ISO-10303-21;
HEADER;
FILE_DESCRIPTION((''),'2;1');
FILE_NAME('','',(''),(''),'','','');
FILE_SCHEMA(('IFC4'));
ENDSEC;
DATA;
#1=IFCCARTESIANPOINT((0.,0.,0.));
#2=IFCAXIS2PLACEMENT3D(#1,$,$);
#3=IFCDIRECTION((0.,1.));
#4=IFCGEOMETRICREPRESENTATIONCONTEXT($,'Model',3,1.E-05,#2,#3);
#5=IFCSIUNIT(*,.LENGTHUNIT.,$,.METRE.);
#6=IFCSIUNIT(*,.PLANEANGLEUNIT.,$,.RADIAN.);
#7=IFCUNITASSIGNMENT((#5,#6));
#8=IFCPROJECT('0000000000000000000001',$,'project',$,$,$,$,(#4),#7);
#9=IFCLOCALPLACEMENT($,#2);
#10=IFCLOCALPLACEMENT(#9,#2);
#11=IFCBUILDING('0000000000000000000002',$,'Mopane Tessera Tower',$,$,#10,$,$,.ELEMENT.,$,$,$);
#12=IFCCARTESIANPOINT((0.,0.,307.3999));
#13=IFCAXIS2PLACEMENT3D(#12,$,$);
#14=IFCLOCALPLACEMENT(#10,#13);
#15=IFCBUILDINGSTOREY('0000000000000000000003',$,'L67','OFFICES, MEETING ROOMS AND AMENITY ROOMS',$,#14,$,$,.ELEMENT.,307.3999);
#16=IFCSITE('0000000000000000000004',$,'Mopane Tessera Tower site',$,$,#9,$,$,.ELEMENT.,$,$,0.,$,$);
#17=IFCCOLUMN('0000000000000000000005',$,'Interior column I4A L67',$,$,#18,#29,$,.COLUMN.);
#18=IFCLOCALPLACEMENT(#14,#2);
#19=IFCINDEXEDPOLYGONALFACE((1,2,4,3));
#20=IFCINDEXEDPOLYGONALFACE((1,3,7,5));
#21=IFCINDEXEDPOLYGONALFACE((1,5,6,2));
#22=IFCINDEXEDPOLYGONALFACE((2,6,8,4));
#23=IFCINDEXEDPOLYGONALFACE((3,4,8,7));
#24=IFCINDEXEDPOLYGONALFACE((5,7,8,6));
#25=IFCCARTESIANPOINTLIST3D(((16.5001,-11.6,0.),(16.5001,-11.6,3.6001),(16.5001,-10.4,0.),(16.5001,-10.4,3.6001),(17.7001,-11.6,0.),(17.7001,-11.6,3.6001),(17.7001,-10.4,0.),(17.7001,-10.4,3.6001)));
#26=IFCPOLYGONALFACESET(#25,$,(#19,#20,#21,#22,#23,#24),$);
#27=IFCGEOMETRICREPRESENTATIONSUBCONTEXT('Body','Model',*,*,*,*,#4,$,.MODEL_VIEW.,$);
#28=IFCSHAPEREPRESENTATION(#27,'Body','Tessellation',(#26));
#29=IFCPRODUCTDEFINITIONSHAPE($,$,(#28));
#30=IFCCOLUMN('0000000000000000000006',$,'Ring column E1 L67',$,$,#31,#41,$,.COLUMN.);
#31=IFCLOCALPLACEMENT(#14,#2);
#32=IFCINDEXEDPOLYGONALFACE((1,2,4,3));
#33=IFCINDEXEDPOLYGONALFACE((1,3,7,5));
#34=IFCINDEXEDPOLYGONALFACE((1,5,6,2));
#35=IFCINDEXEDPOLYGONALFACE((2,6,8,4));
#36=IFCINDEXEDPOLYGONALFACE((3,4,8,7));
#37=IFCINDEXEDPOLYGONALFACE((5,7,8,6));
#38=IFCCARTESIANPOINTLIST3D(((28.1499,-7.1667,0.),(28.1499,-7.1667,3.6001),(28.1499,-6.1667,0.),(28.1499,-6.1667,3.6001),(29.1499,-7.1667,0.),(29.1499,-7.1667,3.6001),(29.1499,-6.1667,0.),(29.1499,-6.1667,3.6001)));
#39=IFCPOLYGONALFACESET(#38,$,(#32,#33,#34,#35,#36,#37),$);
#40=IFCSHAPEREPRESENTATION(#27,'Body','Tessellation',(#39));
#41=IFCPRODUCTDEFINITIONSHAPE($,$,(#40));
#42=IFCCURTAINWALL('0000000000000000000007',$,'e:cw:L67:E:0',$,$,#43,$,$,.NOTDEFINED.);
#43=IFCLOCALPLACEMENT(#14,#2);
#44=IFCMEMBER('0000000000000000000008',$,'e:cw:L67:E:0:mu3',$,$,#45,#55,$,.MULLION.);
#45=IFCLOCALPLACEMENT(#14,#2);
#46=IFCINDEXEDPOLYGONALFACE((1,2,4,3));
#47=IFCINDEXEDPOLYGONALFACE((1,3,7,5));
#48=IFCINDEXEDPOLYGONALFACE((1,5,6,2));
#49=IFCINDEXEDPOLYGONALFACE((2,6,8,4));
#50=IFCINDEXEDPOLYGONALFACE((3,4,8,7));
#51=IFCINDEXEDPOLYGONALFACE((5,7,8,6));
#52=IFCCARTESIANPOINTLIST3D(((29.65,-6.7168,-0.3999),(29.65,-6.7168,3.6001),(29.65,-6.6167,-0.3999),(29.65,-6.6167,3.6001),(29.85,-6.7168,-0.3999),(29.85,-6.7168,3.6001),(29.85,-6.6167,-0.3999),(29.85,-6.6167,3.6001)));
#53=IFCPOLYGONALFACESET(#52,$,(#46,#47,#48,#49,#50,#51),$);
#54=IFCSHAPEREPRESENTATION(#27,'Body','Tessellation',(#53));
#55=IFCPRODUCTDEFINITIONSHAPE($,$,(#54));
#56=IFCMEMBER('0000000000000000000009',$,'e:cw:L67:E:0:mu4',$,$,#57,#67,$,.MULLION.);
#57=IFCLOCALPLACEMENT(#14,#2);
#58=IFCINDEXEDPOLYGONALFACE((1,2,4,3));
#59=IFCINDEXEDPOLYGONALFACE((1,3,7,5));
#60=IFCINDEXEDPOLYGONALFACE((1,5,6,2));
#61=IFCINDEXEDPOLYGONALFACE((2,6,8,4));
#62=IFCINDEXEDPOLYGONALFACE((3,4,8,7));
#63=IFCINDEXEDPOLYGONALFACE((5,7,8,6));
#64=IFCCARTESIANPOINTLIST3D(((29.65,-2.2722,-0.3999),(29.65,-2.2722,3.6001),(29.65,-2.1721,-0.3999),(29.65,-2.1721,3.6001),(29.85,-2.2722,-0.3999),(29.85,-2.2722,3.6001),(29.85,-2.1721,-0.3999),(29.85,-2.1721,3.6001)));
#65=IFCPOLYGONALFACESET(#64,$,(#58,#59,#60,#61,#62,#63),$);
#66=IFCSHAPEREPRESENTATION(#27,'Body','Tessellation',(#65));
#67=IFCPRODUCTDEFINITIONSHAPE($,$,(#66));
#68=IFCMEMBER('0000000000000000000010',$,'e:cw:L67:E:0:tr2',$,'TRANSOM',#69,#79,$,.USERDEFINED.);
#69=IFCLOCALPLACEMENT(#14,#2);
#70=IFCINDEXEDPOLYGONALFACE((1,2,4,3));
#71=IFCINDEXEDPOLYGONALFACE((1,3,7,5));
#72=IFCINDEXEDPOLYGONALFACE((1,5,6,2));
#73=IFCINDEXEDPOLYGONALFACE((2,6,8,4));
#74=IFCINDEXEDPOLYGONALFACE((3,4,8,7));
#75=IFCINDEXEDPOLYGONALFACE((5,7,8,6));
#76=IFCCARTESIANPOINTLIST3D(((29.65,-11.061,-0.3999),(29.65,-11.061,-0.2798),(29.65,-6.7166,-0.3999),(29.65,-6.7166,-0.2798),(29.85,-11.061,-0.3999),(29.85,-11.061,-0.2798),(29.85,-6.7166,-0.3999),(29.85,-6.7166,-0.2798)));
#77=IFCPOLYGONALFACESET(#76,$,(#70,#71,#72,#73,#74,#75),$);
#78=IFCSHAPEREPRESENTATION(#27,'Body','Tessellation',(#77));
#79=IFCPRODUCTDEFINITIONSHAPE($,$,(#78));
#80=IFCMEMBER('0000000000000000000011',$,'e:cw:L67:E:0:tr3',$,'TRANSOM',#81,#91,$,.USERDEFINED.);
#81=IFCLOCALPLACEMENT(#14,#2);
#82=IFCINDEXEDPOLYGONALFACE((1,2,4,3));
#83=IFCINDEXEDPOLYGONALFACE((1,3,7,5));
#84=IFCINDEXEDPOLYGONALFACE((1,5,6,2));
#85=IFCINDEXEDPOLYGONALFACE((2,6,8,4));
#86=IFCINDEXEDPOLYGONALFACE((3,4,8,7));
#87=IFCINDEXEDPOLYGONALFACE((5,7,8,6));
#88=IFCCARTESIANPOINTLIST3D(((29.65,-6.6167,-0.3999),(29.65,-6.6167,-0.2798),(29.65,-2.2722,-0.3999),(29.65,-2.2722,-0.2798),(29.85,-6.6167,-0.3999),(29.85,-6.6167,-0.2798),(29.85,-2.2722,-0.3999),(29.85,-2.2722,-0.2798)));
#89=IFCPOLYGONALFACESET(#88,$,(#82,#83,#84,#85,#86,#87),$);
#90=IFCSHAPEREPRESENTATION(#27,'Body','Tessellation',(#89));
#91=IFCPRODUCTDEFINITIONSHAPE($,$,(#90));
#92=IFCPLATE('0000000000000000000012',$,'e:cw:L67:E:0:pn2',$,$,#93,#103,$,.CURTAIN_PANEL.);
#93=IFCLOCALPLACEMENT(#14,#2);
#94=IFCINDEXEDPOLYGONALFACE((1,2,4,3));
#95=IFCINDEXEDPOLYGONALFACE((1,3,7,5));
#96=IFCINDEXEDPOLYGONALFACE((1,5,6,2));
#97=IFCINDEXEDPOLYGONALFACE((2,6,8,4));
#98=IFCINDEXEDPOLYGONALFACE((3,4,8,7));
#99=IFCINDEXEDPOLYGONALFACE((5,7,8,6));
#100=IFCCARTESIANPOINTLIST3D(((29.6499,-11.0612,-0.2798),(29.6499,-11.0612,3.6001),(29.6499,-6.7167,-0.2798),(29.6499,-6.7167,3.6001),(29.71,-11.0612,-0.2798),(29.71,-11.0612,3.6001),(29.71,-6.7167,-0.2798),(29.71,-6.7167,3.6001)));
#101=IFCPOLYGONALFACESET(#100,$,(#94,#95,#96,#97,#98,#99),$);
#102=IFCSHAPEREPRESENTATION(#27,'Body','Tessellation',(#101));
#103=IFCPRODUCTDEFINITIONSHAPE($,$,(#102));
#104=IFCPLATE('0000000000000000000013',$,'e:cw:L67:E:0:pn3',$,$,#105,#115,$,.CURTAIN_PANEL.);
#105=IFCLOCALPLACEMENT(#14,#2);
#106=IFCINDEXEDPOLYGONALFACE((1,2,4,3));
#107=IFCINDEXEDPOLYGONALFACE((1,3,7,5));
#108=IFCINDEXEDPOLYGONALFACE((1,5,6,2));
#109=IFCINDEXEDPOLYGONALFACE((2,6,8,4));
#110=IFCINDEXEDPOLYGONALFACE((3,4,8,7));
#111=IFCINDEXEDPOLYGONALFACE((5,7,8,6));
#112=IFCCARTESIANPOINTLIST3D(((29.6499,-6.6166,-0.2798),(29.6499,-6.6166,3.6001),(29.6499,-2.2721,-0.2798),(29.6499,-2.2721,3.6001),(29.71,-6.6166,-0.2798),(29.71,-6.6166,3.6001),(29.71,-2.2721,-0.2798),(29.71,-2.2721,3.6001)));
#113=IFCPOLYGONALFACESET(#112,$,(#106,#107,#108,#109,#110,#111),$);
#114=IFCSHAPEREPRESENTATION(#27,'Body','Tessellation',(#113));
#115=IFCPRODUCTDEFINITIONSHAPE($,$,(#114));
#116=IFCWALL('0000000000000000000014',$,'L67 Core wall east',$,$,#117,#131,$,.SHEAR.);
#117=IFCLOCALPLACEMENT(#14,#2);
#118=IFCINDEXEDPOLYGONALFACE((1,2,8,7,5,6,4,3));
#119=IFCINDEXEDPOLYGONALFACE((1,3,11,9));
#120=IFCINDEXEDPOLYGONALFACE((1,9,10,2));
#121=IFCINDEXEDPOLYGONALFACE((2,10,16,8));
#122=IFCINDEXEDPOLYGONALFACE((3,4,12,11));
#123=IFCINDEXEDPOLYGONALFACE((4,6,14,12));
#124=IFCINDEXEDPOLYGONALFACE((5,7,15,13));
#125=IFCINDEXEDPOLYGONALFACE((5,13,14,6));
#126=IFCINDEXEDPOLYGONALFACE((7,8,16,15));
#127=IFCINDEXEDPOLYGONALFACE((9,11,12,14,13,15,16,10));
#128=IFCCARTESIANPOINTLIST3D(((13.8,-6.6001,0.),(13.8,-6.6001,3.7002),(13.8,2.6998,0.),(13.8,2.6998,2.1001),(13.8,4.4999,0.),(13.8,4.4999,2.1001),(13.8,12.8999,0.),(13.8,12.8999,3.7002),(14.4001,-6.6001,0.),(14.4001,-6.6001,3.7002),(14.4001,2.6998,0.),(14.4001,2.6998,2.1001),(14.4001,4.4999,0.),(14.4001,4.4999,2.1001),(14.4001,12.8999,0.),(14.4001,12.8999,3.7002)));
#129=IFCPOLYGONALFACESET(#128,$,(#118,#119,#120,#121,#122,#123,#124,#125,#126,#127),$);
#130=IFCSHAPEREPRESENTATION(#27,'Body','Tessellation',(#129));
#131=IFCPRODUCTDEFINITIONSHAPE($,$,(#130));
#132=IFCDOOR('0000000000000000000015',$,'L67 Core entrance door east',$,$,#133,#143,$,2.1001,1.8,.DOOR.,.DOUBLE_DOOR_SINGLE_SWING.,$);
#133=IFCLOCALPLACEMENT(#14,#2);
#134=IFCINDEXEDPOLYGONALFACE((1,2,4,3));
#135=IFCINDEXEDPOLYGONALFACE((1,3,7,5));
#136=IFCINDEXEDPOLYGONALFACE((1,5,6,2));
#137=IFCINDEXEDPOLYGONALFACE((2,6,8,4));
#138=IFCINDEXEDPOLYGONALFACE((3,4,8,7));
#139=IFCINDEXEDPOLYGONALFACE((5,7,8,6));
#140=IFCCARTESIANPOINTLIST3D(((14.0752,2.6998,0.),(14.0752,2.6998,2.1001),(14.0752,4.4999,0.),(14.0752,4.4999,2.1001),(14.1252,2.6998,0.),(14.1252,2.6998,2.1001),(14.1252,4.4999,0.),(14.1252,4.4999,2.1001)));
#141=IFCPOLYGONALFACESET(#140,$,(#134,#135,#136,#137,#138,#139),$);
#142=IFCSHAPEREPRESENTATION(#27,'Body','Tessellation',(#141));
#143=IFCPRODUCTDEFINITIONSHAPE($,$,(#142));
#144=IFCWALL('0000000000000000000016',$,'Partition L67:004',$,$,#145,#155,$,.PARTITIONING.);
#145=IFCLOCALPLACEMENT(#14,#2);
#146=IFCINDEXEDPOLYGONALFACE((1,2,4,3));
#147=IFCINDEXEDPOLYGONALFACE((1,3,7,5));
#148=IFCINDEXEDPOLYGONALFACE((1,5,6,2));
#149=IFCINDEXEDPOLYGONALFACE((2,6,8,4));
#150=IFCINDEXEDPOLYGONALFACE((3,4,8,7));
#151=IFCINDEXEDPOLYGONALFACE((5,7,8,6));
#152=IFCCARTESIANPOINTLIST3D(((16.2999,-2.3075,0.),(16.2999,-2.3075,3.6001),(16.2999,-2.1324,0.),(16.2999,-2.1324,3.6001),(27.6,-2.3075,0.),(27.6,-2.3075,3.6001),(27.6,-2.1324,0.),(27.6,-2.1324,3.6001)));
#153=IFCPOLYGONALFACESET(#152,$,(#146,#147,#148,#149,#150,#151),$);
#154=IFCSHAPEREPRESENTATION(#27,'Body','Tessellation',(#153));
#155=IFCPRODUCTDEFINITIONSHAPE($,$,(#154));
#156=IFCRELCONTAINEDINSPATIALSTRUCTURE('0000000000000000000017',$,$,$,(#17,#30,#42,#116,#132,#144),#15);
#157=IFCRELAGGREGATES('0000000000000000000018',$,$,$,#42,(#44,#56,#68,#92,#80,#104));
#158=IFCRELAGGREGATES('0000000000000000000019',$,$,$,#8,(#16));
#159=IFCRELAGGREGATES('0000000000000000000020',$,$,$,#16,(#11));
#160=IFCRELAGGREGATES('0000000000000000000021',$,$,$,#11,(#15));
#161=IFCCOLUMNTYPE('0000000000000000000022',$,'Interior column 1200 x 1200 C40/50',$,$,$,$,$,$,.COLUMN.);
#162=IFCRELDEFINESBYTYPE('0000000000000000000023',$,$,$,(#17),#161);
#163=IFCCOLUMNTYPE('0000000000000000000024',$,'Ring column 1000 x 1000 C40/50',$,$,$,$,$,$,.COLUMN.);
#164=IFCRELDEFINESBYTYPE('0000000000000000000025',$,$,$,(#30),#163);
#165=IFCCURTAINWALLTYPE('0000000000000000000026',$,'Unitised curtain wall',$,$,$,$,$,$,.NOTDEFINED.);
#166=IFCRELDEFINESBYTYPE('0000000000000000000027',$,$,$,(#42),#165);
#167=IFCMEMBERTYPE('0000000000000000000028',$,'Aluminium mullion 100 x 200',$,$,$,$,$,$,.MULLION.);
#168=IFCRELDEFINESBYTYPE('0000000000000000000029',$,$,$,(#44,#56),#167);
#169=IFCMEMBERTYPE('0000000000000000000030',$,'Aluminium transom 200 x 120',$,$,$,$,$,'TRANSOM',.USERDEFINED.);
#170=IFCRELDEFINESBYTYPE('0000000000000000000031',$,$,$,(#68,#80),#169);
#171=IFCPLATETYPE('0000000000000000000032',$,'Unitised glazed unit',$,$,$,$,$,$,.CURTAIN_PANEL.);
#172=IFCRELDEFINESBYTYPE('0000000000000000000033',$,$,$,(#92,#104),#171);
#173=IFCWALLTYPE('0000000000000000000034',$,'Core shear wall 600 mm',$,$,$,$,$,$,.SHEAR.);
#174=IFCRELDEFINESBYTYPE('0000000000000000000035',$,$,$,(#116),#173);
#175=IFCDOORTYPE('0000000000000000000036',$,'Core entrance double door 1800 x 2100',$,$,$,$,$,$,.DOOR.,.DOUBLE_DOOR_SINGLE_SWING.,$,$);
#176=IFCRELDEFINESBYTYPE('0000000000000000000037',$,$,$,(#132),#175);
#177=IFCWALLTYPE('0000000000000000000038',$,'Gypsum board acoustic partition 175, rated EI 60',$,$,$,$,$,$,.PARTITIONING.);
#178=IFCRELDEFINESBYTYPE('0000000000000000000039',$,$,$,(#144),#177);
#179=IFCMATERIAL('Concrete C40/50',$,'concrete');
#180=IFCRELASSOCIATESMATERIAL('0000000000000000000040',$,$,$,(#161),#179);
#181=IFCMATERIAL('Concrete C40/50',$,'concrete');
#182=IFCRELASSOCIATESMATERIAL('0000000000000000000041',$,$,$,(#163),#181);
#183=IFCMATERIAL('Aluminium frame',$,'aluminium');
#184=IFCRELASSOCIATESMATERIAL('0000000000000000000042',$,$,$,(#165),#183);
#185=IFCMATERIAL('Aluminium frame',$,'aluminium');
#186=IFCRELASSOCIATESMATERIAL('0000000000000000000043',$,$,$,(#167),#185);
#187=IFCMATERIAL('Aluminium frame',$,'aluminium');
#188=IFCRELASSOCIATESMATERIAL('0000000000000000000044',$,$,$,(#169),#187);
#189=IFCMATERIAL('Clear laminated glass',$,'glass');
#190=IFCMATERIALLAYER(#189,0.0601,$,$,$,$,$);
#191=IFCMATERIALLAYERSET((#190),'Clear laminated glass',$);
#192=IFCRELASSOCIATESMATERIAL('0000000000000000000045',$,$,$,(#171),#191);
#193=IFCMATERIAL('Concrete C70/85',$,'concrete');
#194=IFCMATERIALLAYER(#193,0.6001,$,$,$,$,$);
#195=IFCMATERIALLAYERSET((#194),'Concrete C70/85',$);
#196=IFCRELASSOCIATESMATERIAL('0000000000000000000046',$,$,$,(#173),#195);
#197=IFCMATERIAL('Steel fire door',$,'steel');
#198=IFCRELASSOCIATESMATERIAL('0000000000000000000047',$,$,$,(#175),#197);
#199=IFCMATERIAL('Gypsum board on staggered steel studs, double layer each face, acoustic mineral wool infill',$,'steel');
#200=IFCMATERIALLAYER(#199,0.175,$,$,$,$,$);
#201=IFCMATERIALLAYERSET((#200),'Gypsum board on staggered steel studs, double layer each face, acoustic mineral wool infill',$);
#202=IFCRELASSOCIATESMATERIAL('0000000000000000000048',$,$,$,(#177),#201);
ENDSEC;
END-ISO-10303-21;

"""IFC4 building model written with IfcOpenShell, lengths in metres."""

from ifc_helpers import new_model, si_unit, direction, frame, frame_2d, origin, origin_2d, place, context, subcontext, project, spatial, rectangle, extrude, material, layer, layer_set, material_profile, profile_set, type_object, element, fill, aggregate, save


model = new_model("IFC4")

# Units and contexts
model_context = context("Model", 3, precision=1e-05, world=origin(), true_north=direction((0.0, 1.0)))
body_context = subcontext(model_context, "Body", "Model", "MODEL_VIEW")
ifc_project = project(units=[si_unit("LENGTHUNIT", "METRE"), si_unit("PLANEANGLEUNIT", "RADIAN")], contexts=[model_context])

# Site, building, storey
site_placement = place(None, origin())
site = spatial("IfcSite", under=ifc_project, at=site_placement, Name="Mopane Tessera Tower site", CompositionType="ELEMENT", RefElevation=0.0)
building_placement = place(site_placement, origin())
building = spatial("IfcBuilding", under=site, at=building_placement, Name="Mopane Tessera Tower", CompositionType="ELEMENT")
storey_placement = place(building_placement, frame((0.0, 0.0, 307.3999)))
storey = spatial("IfcBuildingStorey", under=building, at=storey_placement, Name="L67", Description="OFFICES, MEETING ROOMS AND AMENITY ROOMS", CompositionType="ELEMENT", Elevation=307.3999)

# Columns
ifc_material_1 = material(Name="Concrete C40/50", Category="concrete")
ifc_material_profile_1 = material_profile(ifc_material_1, rectangle(XDim=1.2, YDim=1.2, at=origin_2d()))
ifc_profile_set_1 = profile_set([ifc_material_profile_1], Name="Concrete C40/50")
column_type_1 = type_object("IfcColumnType", Name="Interior column 1200 x 1200 C40/50", PredefinedType="COLUMN", material=ifc_profile_set_1)
column_1_placement = place(storey_placement, frame((17.1001, -11.0, 0.0), z_axis=(0.0, 0.0, 1.0), x_axis=(1.0, 0.0, 0.0)))
element("IfcColumn", 1, at=column_1_placement, inside=storey, type_object=column_type_1, Name="Interior column I4A L67", PredefinedType="COLUMN", context=body_context, shape_type="SweptSolid", body=[
    extrude(rectangle(XDim=1.2, YDim=1.2, at=origin_2d()), origin(), (0.0, 0.0, 1.0), 3.6001),
])
ifc_material_2 = material(Name="Concrete C40/50", Category="concrete")
ifc_material_profile_2 = material_profile(ifc_material_2, rectangle(XDim=1.0, YDim=1.0, at=origin_2d()))
ifc_profile_set_2 = profile_set([ifc_material_profile_2], Name="Concrete C40/50")
column_type_2 = type_object("IfcColumnType", Name="Ring column 1000 x 1000 C40/50", PredefinedType="COLUMN", material=ifc_profile_set_2)
column_2_placement = place(storey_placement, frame((28.6499, -6.6667, 0.0), z_axis=(0.0, 0.0, 1.0), x_axis=(1.0, 0.0, 0.0)))
element("IfcColumn", 2, at=column_2_placement, inside=storey, type_object=column_type_2, Name="Ring column E1 L67", PredefinedType="COLUMN", context=body_context, shape_type="SweptSolid", body=[
    extrude(rectangle(XDim=1.0, YDim=1.0, at=origin_2d()), origin(), (0.0, 0.0, 1.0), 3.6001),
])

# Curtain wall, members, plates
ifc_material_3 = material(Name="Aluminium frame", Category="aluminium")
curtain_wall_type = type_object("IfcCurtainWallType", Name="Unitised curtain wall", PredefinedType="NOTDEFINED", material=ifc_material_3)
curtain_wall_placement = place(storey_placement, origin())
curtain_wall = element("IfcCurtainWall", 3, at=curtain_wall_placement, inside=storey, type_object=curtain_wall_type, Name="e:cw:L67:E:0", PredefinedType="NOTDEFINED")
ifc_material_4 = material(Name="Aluminium frame", Category="aluminium")
ifc_material_profile_3 = material_profile(ifc_material_4, rectangle(XDim=0.1001, YDim=0.2, at=origin_2d()))
ifc_profile_set_3 = profile_set([ifc_material_profile_3], Name="Aluminium frame")
member_type_1 = type_object("IfcMemberType", Name="Aluminium mullion 100 x 200", PredefinedType="MULLION", material=ifc_profile_set_3)
member_1_placement = place(storey_placement, frame((29.75, -6.6667, -0.3999), z_axis=(0.0, 0.0, 1.0), x_axis=(0.0, 1.0, 0.0)))
member_1 = element("IfcMember", 4, at=member_1_placement, type_object=member_type_1, Name="e:cw:L67:E:0:mu3", PredefinedType="MULLION", context=body_context, shape_type="SweptSolid", body=[
    extrude(rectangle(XDim=0.1001, YDim=0.2, at=origin_2d()), origin(), (0.0, 0.0, 1.0), 4.0),
])
member_2_placement = place(storey_placement, frame((29.75, -2.2222, -0.3999), z_axis=(0.0, 0.0, 1.0), x_axis=(0.0, 1.0, 0.0)))
member_2 = element("IfcMember", 5, at=member_2_placement, type_object=member_type_1, Name="e:cw:L67:E:0:mu4", PredefinedType="MULLION", context=body_context, shape_type="SweptSolid", body=[
    extrude(rectangle(XDim=0.1001, YDim=0.2, at=origin_2d()), origin(), (0.0, 0.0, 1.0), 4.0),
])
ifc_material_5 = material(Name="Aluminium frame", Category="aluminium")
ifc_material_profile_4 = material_profile(ifc_material_5, rectangle(XDim=0.2, YDim=0.1201, at=origin_2d()))
ifc_profile_set_4 = profile_set([ifc_material_profile_4], Name="Aluminium frame")
member_type_2 = type_object("IfcMemberType", Name="Aluminium transom 200 x 120", ElementType="TRANSOM", PredefinedType="USERDEFINED", material=ifc_profile_set_4)
member_3_placement = place(storey_placement, frame((29.75, -11.061, -0.3398), z_axis=(0.0, 1.0, 0.0), x_axis=(-1.0, 0.0, 0.0)))
member_3 = element("IfcMember", 6, at=member_3_placement, type_object=member_type_2, Name="e:cw:L67:E:0:tr2", ObjectType="TRANSOM", PredefinedType="USERDEFINED", context=body_context, shape_type="SweptSolid", body=[
    extrude(rectangle(XDim=0.2, YDim=0.1201, at=origin_2d()), origin(), (0.0, 0.0, 1.0), 4.3445),
])
member_4_placement = place(storey_placement, frame((29.75, -6.6167, -0.3398), z_axis=(0.0, 1.0, 0.0), x_axis=(-1.0, 0.0, 0.0)))
member_4 = element("IfcMember", 7, at=member_4_placement, type_object=member_type_2, Name="e:cw:L67:E:0:tr3", ObjectType="TRANSOM", PredefinedType="USERDEFINED", context=body_context, shape_type="SweptSolid", body=[
    extrude(rectangle(XDim=0.2, YDim=0.1201, at=origin_2d()), origin(), (0.0, 0.0, 1.0), 4.3445),
])
ifc_material_6 = material(Name="Clear laminated glass", Category="glass")
ifc_layer_1 = layer(ifc_material_6, 0.0601)
ifc_layer_set_1 = layer_set([ifc_layer_1], Name="Clear laminated glass")
plate_type = type_object("IfcPlateType", Name="Unitised glazed unit", PredefinedType="CURTAIN_PANEL", material=ifc_layer_set_1)
plate_1_placement = place(storey_placement, frame((29.6799, -8.8889, -0.2798), z_axis=(0.0, 0.0, 1.0), x_axis=(0.0, 1.0, 0.0)))
plate_1 = element("IfcPlate", 8, at=plate_1_placement, type_object=plate_type, Name="e:cw:L67:E:0:pn2", PredefinedType="CURTAIN_PANEL", context=body_context, shape_type="SweptSolid", body=[
    extrude(rectangle(XDim=4.3445, YDim=0.0601, at=origin_2d()), origin(), (0.0, 0.0, 1.0), 3.8799),
])
plate_2_placement = place(storey_placement, frame((29.6799, -4.4443, -0.2798), z_axis=(0.0, 0.0, 1.0), x_axis=(0.0, 1.0, 0.0)))
plate_2 = element("IfcPlate", 9, at=plate_2_placement, type_object=plate_type, Name="e:cw:L67:E:0:pn3", PredefinedType="CURTAIN_PANEL", context=body_context, shape_type="SweptSolid", body=[
    extrude(rectangle(XDim=4.3445, YDim=0.0601, at=origin_2d()), origin(), (0.0, 0.0, 1.0), 3.8799),
])
aggregate(curtain_wall, [member_1, member_2, member_3, plate_1, member_4, plate_2])

# Wall, opening, door
ifc_material_7 = material(Name="Concrete C70/85", Category="concrete")
ifc_layer_2 = layer(ifc_material_7, 0.6001)
ifc_layer_set_2 = layer_set([ifc_layer_2], Name="Concrete C70/85")
wall_type_1 = type_object("IfcWallType", Name="Core shear wall 600 mm", PredefinedType="SHEAR", material=ifc_layer_set_2)
wall_1_placement = place(storey_placement, frame((14.1001, -6.6001, 0.0), z_axis=(0.0, 0.0, 1.0), x_axis=(0.0, 1.0, 0.0)))
wall_1 = element("IfcWall", 10, at=wall_1_placement, inside=storey, type_object=wall_type_1, Name="L67 Core wall east", PredefinedType="SHEAR", context=body_context, shape_type="SweptSolid", body=[
    extrude(rectangle(XDim=19.5, YDim=0.6001, at=frame_2d((9.75, 0.0))), origin(), (0.0, 0.0, 1.0), 3.7002),
])
opening_1_placement = place(wall_1_placement, frame((9.3, 0.0, 0.0)))
opening_1 = element("IfcOpeningElement", 11, at=opening_1_placement, cuts=wall_1, PredefinedType="OPENING", context=body_context, shape_type="SweptSolid", body=[
    extrude(rectangle(XDim=1.8, YDim=2.1001, at=frame_2d((0.8999, 1.05))), frame((0.0, 0.312, 0.0), z_axis=(0.0, -1.0, 0.0), x_axis=(1.0, 0.0, 0.0)), (0.0, 0.0, 1.0), 0.624),
])
ifc_material_8 = material(Name="Steel fire door", Category="steel")
door_type_1 = type_object("IfcDoorType", Name="Core entrance double door 1800 x 2100", OperationType="DOUBLE_DOOR_SINGLE_SWING", PredefinedType="DOOR", material=ifc_material_8)
door_1_placement = place(opening_1_placement, origin())
door_1 = element("IfcDoor", 12, at=door_1_placement, inside=storey, type_object=door_type_1, Name="L67 Core entrance door east", OperationType="DOUBLE_DOOR_SINGLE_SWING", OverallHeight=2.1001, OverallWidth=1.8, PredefinedType="DOOR", context=body_context, shape_type="SweptSolid", body=[
    extrude(rectangle(XDim=1.8, YDim=2.1001, at=frame_2d((0.8999, 1.05))), frame((0.0, 0.0249, 0.0), z_axis=(0.0, -1.0, 0.0), x_axis=(1.0, 0.0, 0.0)), (0.0, 0.0, 1.0), 0.05),
])
fill(opening_1, door_1)

# Wall
ifc_material_9 = material(Name="Gypsum board on staggered steel studs, double layer each face, acoustic mineral wool infill", Category="steel")
ifc_layer_3 = layer(ifc_material_9, 0.175)
ifc_layer_set_3 = layer_set([ifc_layer_3], Name="Gypsum board on staggered steel studs, double layer each face, acoustic mineral wool infill")
wall_type_2 = type_object("IfcWallType", Name="Gypsum board acoustic partition 175, rated EI 60", PredefinedType="PARTITIONING", material=ifc_layer_set_3)
wall_2_placement = place(storey_placement, frame((16.3, -2.22, 0.0), z_axis=(0.0, 0.0, 1.0), x_axis=(1.0, 0.0, 0.0)))
element("IfcWall", 13, at=wall_2_placement, inside=storey, type_object=wall_type_2, Name="Partition L67:004", PredefinedType="PARTITIONING", context=body_context, shape_type="SweptSolid", body=[
    extrude(rectangle(XDim=11.3, YDim=0.175, at=frame_2d((5.6499, 0.0))), origin(), (0.0, 0.0, 1.0), 3.6001),
])

save(model, "model.ifc")
